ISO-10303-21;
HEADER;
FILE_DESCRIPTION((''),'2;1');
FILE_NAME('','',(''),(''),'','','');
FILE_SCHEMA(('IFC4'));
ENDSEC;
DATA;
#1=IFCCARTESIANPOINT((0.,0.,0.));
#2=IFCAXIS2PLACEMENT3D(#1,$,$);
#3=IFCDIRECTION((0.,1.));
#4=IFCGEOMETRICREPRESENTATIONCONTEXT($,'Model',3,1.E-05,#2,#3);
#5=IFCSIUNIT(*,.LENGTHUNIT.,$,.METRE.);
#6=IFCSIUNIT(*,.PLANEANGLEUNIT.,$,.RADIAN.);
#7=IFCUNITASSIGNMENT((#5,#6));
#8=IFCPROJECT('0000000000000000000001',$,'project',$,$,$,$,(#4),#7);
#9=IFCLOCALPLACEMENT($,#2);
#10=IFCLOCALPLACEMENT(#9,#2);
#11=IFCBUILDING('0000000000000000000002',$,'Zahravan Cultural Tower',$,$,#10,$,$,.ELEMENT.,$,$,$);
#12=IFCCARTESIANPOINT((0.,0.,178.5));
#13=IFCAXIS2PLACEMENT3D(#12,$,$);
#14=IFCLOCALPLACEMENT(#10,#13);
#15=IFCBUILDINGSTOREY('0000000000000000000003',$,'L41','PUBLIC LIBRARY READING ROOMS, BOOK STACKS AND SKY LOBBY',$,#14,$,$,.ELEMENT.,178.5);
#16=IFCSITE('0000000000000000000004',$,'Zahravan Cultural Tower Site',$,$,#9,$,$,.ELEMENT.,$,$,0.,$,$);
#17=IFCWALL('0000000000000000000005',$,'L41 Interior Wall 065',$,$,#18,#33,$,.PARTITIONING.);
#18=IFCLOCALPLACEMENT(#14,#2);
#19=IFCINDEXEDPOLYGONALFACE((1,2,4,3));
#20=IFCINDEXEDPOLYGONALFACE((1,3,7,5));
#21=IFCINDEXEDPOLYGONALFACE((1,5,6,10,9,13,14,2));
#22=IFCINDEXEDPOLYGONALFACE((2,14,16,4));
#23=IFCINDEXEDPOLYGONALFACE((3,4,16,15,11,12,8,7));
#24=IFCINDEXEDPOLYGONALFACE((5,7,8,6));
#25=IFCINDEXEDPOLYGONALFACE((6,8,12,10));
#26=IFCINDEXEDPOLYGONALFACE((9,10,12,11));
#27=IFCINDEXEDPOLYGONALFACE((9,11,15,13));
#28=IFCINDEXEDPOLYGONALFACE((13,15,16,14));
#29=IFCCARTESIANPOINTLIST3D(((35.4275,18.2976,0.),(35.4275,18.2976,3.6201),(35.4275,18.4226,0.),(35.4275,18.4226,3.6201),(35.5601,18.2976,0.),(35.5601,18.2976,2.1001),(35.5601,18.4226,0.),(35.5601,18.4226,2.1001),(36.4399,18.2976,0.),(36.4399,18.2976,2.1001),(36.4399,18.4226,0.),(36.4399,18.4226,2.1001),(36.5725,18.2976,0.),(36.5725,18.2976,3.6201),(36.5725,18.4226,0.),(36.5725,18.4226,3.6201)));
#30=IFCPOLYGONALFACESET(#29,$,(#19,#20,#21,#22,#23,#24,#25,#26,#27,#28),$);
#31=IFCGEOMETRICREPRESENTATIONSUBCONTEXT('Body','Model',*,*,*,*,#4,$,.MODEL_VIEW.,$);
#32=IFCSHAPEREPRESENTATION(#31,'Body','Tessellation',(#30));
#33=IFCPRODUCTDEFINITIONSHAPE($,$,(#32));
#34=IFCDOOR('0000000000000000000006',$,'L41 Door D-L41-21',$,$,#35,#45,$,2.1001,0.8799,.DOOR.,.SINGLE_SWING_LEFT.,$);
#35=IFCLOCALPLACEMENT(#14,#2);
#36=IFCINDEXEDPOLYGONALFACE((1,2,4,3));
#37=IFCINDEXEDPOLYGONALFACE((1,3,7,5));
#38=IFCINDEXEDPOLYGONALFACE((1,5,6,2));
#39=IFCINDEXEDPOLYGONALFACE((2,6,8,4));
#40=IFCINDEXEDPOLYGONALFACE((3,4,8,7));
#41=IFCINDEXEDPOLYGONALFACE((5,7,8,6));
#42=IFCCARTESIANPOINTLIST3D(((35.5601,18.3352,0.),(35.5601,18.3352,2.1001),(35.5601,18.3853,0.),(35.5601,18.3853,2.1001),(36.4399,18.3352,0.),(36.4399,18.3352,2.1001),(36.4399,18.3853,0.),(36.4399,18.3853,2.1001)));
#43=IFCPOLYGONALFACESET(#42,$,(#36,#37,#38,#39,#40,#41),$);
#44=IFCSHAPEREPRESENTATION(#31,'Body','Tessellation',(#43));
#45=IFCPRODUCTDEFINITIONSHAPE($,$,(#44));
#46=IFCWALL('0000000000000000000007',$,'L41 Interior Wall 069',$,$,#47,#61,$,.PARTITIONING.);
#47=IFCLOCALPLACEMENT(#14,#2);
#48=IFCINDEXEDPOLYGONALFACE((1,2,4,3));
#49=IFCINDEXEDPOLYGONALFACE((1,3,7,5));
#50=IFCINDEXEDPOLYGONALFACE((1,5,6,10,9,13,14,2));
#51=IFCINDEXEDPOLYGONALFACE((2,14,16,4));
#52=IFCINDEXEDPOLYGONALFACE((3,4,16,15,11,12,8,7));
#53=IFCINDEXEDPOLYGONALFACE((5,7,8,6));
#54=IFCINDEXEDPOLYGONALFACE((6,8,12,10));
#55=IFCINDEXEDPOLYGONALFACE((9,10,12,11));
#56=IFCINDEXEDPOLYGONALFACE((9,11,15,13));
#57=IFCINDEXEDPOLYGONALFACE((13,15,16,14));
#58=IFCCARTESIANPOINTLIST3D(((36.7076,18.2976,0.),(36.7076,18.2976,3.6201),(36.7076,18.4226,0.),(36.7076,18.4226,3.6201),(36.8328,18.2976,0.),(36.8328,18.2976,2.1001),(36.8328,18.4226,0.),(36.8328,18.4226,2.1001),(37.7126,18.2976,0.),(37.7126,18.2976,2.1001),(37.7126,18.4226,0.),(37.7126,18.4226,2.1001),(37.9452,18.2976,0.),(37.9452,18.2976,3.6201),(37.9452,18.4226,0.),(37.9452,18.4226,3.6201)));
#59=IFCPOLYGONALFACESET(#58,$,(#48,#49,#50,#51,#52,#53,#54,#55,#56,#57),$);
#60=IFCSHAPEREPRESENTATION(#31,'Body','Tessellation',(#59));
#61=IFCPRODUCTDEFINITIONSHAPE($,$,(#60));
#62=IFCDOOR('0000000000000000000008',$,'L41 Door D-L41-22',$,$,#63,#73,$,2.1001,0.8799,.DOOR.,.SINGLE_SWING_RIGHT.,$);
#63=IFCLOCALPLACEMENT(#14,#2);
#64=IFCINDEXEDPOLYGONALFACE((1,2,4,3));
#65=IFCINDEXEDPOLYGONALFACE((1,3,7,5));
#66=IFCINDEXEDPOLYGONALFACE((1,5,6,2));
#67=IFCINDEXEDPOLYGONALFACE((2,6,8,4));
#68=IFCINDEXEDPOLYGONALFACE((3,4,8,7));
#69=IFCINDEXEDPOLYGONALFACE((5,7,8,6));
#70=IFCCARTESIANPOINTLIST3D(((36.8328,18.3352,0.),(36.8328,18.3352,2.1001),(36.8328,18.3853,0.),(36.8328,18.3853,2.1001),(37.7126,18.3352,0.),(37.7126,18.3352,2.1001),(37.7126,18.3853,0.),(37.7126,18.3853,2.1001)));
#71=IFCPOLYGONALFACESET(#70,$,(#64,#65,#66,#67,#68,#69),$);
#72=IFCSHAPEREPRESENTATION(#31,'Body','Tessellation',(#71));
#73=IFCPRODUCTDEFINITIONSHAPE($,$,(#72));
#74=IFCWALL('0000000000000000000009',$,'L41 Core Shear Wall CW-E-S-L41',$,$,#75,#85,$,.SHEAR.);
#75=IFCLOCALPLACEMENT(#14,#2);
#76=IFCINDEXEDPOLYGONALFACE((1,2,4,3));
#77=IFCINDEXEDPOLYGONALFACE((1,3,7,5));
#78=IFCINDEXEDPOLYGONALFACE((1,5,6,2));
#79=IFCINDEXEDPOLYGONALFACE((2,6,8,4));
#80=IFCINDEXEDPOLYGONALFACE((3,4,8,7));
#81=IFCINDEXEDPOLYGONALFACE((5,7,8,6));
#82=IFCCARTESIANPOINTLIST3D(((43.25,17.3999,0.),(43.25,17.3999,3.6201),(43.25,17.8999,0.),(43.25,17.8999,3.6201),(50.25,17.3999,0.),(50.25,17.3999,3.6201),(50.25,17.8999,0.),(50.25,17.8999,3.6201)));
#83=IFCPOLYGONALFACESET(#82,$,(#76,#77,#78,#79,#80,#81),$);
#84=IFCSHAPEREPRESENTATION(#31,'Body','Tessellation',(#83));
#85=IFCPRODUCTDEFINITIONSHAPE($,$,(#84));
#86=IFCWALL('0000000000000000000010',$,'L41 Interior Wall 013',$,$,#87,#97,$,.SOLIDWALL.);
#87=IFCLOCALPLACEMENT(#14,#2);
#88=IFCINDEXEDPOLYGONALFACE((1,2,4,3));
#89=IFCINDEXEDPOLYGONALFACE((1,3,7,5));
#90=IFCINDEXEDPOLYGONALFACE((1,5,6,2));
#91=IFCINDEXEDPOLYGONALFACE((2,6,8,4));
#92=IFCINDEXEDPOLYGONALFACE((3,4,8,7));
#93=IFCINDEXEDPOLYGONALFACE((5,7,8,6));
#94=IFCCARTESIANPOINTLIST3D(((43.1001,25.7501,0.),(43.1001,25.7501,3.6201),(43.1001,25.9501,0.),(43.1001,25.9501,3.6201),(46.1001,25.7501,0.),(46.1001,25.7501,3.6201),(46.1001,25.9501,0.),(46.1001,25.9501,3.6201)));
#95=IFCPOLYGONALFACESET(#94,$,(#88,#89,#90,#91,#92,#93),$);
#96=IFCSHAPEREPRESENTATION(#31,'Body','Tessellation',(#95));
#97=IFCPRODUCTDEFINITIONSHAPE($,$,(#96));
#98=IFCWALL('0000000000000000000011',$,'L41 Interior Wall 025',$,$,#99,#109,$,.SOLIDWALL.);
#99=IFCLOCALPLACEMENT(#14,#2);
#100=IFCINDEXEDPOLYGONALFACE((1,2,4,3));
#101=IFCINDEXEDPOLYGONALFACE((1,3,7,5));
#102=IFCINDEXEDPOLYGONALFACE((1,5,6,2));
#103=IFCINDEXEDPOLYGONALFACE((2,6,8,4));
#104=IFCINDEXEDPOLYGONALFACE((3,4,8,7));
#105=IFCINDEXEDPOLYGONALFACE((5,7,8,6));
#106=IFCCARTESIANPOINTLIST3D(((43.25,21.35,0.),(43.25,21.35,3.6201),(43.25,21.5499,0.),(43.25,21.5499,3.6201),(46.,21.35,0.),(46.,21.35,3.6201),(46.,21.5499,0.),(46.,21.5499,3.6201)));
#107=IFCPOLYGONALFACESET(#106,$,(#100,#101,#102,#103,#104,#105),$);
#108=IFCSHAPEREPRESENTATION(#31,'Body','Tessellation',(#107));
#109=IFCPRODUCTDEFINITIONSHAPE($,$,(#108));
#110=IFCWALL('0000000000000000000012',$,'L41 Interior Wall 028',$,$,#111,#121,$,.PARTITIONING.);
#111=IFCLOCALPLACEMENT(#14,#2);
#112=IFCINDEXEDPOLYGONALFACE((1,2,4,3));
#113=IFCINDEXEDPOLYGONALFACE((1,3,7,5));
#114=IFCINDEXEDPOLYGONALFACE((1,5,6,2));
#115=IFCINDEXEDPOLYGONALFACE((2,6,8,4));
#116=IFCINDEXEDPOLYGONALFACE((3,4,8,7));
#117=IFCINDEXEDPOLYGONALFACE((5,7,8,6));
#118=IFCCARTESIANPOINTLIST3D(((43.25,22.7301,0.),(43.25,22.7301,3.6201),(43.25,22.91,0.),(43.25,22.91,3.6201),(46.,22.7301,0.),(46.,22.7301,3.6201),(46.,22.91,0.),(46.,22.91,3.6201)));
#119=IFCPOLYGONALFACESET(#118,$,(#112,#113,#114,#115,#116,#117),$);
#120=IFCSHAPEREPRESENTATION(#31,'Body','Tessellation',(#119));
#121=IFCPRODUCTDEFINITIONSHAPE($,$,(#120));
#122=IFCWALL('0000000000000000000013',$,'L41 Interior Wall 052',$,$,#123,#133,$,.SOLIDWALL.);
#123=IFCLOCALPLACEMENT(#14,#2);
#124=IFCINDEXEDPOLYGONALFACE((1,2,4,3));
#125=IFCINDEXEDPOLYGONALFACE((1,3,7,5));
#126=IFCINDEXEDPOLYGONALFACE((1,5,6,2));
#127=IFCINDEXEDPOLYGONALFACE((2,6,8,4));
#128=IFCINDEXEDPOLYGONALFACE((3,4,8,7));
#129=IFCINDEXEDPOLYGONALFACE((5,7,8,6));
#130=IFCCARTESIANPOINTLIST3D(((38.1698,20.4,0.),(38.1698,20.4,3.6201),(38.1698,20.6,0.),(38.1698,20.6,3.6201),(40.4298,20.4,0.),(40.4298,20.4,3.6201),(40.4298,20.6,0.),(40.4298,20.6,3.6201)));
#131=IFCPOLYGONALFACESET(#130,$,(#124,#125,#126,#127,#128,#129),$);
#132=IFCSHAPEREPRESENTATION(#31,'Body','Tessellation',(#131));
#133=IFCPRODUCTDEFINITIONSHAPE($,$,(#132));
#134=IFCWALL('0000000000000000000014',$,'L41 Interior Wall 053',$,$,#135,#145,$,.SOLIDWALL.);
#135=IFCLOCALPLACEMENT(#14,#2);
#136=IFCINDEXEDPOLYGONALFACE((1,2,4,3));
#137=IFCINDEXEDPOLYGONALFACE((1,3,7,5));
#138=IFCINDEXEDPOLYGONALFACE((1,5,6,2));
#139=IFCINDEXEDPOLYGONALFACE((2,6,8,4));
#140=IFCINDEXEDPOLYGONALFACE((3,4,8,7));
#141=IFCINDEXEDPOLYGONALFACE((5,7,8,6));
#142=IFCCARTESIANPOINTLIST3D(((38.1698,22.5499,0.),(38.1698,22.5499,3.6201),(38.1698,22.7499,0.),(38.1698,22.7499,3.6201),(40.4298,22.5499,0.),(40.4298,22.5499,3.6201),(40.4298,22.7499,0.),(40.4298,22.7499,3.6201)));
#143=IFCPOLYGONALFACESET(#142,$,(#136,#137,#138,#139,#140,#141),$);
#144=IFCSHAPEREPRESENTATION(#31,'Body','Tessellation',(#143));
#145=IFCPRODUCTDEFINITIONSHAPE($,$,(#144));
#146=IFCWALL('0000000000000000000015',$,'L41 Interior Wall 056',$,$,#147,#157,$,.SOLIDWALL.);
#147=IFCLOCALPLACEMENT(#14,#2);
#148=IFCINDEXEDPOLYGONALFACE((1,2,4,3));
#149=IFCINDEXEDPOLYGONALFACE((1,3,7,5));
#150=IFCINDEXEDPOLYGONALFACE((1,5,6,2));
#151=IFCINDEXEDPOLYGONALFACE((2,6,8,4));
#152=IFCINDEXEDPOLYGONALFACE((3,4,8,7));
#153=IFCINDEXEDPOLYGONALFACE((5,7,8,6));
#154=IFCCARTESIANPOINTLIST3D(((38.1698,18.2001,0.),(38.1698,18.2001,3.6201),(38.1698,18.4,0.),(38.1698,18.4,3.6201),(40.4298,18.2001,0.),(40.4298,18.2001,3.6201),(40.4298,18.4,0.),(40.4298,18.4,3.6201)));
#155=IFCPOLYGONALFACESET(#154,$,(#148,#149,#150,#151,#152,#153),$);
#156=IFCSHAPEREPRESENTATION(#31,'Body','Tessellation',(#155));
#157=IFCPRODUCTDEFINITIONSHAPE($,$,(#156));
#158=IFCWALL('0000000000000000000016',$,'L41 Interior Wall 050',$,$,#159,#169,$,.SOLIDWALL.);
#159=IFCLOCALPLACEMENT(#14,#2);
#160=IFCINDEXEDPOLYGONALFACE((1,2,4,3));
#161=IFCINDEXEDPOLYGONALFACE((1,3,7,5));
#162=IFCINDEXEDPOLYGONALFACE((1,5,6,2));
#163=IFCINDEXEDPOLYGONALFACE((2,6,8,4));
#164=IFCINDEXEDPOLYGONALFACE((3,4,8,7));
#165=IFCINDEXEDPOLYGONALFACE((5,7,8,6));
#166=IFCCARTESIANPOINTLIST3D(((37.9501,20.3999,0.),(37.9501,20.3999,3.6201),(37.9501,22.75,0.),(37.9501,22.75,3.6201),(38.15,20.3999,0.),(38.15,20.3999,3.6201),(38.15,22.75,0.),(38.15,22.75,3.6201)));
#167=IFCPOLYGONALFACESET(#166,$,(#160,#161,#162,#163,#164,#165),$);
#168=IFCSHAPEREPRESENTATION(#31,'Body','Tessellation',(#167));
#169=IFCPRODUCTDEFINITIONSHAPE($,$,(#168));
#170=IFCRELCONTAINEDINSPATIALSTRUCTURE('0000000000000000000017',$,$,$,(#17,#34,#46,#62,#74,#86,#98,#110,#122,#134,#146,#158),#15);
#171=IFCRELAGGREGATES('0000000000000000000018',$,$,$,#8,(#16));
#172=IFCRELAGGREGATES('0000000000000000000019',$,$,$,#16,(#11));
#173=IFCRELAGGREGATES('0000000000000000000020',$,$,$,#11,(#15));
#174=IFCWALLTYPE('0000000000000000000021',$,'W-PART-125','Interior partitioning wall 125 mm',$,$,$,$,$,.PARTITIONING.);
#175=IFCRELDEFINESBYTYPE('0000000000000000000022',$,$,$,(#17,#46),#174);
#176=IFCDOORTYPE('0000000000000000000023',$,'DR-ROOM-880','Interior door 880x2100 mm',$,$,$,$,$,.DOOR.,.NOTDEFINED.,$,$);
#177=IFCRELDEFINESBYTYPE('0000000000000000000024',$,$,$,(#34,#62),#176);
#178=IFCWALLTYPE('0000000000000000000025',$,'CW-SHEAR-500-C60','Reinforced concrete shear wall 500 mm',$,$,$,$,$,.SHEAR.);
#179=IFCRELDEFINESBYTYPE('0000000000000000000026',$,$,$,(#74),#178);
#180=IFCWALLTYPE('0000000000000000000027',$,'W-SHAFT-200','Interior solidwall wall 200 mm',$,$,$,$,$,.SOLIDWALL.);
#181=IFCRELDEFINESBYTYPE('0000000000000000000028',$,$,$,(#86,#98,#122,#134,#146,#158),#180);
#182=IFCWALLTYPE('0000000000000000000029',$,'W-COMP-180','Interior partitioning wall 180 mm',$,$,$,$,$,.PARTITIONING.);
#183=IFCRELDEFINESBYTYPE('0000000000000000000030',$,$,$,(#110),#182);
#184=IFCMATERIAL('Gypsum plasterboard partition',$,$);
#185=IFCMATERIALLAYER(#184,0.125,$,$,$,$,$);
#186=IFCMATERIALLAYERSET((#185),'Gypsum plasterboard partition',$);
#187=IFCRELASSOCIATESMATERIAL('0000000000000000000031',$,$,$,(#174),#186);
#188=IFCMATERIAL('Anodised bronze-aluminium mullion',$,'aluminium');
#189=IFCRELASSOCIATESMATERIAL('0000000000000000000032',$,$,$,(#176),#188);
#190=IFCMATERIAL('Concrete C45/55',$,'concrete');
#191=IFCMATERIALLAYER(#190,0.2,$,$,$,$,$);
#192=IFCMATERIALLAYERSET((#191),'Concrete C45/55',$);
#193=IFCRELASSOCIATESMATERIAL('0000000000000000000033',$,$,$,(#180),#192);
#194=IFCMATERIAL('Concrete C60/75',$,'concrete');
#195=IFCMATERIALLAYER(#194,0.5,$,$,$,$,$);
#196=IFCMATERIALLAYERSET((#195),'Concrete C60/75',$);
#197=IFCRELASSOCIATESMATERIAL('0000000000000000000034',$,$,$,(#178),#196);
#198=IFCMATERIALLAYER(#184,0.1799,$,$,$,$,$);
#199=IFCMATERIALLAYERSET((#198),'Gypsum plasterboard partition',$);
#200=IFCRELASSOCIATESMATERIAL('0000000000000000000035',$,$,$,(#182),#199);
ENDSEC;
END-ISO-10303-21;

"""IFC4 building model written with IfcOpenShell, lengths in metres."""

from ifc_helpers import new_model, si_unit, direction, frame, frame_2d, origin, place, context, subcontext, project, spatial, rectangle, extrude, source, transform, mapped, material, layer, layer_set, type_object, element, fill, save


model = new_model("IFC4")

# Units and contexts
model_context = context("Model", 3, precision=1e-05, world=origin(), true_north=direction((0.0, 1.0)))
body_context = subcontext(model_context, "Body", "Model", "MODEL_VIEW")
ifc_project = project(units=[si_unit("LENGTHUNIT", "METRE"), si_unit("PLANEANGLEUNIT", "RADIAN")], contexts=[model_context])

# Site, building, storey
site_placement = place(None, origin())
site = spatial("IfcSite", under=ifc_project, at=site_placement, Name="Zahravan Cultural Tower Site", CompositionType="ELEMENT", RefElevation=0.0)
building_placement = place(site_placement, origin())
building = spatial("IfcBuilding", under=site, at=building_placement, Name="Zahravan Cultural Tower", CompositionType="ELEMENT")
storey_placement = place(building_placement, frame((0.0, 0.0, 178.5)))
storey = spatial("IfcBuildingStorey", under=building, at=storey_placement, Name="L41", Description="PUBLIC LIBRARY READING ROOMS, BOOK STACKS AND SKY LOBBY", CompositionType="ELEMENT", Elevation=178.5)

# Walls, openings, doors
ifc_material_1 = material(Name="Gypsum plasterboard partition")
ifc_layer_1 = layer(ifc_material_1, 0.125)
ifc_layer_set_1 = layer_set([ifc_layer_1], Name="Gypsum plasterboard partition")
wall_type_1 = type_object("IfcWallType", Name="W-PART-125", Description="Interior partitioning wall 125 mm", PredefinedType="PARTITIONING", material=ifc_layer_set_1)
wall_1_placement = place(storey_placement, frame((36.5725, 18.3601, 0.0), z_axis=(0.0, 0.0, 1.0), x_axis=(-1.0, 0.0, 0.0)))
wall_1 = element("IfcWall", 1, at=wall_1_placement, inside=storey, type_object=wall_type_1, Name="L41 Interior Wall 065", PredefinedType="PARTITIONING", context=body_context, shape_type="SweptSolid", body=[
    extrude(rectangle(XDim=1.145, YDim=0.125, at=frame_2d((0.5725, 0.0))), origin(), (0.0, 0.0, 1.0), 3.6201),
])
opening_1_placement = place(wall_1_placement, frame((0.1326, 0.0, 0.0)))
opening_1 = element("IfcOpeningElement", 2, at=opening_1_placement, cuts=wall_1, PredefinedType="OPENING", context=body_context, shape_type="SweptSolid", body=[
    extrude(rectangle(XDim=0.8799, YDim=2.1001, at=frame_2d((0.4399, 1.05))), frame((0.0, 0.0725, 0.0), z_axis=(0.0, -1.0, 0.0), x_axis=(1.0, 0.0, 0.0)), (0.0, 0.0, 1.0), 0.145),
])
ifc_material_2 = material(Name="Anodised bronze-aluminium mullion", Category="aluminium")
door_type_1 = type_object("IfcDoorType", Name="DR-ROOM-880", Description="Interior door 880x2100 mm", OperationType="NOTDEFINED", PredefinedType="DOOR", material=ifc_material_2)
shared_shape_1 = source(origin(), body_context, "Body", "SweptSolid", [
    extrude(rectangle(XDim=0.8799, YDim=2.1001, at=frame_2d((0.4399, 1.05))), frame((0.0, 0.0249, 0.0), z_axis=(0.0, -1.0, 0.0), x_axis=(1.0, 0.0, 0.0)), (0.0, 0.0, 1.0), 0.05),
])
door_1_placement = place(opening_1_placement, origin())
door_1 = element("IfcDoor", 3, at=door_1_placement, inside=storey, type_object=door_type_1, Name="L41 Door D-L41-21", OperationType="SINGLE_SWING_LEFT", OverallHeight=2.1001, OverallWidth=0.8799, PredefinedType="DOOR", context=body_context, shape_type="MappedRepresentation", body=[
    mapped(shared_shape_1, transform((0.0, 0.0, 0.0), x_axis=(1.0, 0.0, 0.0), y_axis=(0.0, 1.0, 0.0), z_axis=(0.0, 0.0, 1.0), scale=1.0)),
])
fill(opening_1, door_1)
wall_2_placement = place(storey_placement, frame((37.9451, 18.3601, 0.0), z_axis=(0.0, 0.0, 1.0), x_axis=(-1.0, 0.0, 0.0)))
wall_2 = element("IfcWall", 4, at=wall_2_placement, inside=storey, type_object=wall_type_1, Name="L41 Interior Wall 069", PredefinedType="PARTITIONING", context=body_context, shape_type="SweptSolid", body=[
    extrude(rectangle(XDim=1.2375, YDim=0.125, at=frame_2d((0.6187, 0.0))), origin(), (0.0, 0.0, 1.0), 3.6201),
])
opening_2_placement = place(wall_2_placement, frame((0.2324, 0.0, 0.0)))
opening_2 = element("IfcOpeningElement", 5, at=opening_2_placement, cuts=wall_2, PredefinedType="OPENING", context=body_context, shape_type="SweptSolid", body=[
    extrude(rectangle(XDim=0.8799, YDim=2.1001, at=frame_2d((0.4399, 1.05))), frame((0.0, 0.0725, 0.0), z_axis=(0.0, -1.0, 0.0), x_axis=(1.0, 0.0, 0.0)), (0.0, 0.0, 1.0), 0.145),
])
door_2_placement = place(opening_2_placement, origin())
door_2 = element("IfcDoor", 6, at=door_2_placement, inside=storey, type_object=door_type_1, Name="L41 Door D-L41-22", OperationType="SINGLE_SWING_RIGHT", OverallHeight=2.1001, OverallWidth=0.8799, PredefinedType="DOOR", context=body_context, shape_type="MappedRepresentation", body=[
    mapped(shared_shape_1, transform((0.0, 0.0, 0.0), x_axis=(1.0, 0.0, 0.0), y_axis=(0.0, 1.0, 0.0), z_axis=(0.0, 0.0, 1.0), scale=1.0)),
])
fill(opening_2, door_2)
ifc_material_3 = material(Name="Concrete C45/55", Category="concrete")
ifc_layer_2 = layer(ifc_material_3, 0.2)
ifc_layer_set_2 = layer_set([ifc_layer_2], Name="Concrete C45/55")
wall_type_2 = type_object("IfcWallType", Name="W-SHAFT-200", Description="Interior solidwall wall 200 mm", PredefinedType="SOLIDWALL", material=ifc_layer_set_2)

# Walls
ifc_material_4 = material(Name="Concrete C60/75", Category="concrete")
ifc_layer_3 = layer(ifc_material_4, 0.5)
ifc_layer_set_3 = layer_set([ifc_layer_3], Name="Concrete C60/75")
wall_type_3 = type_object("IfcWallType", Name="CW-SHEAR-500-C60", Description="Reinforced concrete shear wall 500 mm", PredefinedType="SHEAR", material=ifc_layer_set_3)
shared_shape_2 = source(origin(), body_context, "Body", "SweptSolid", [
    extrude(rectangle(XDim=7.0, YDim=0.5, at=frame_2d((3.5, 0.0))), origin(), (0.0, 0.0, 1.0), 3.6201),
])
wall_3_placement = place(storey_placement, frame((43.25, 17.6499, 0.0), z_axis=(0.0, 0.0, 1.0), x_axis=(1.0, 0.0, 0.0)))
element("IfcWall", 7, at=wall_3_placement, inside=storey, type_object=wall_type_3, Name="L41 Core Shear Wall CW-E-S-L41", PredefinedType="SHEAR", context=body_context, shape_type="MappedRepresentation", body=[
    mapped(shared_shape_2, transform((0.0, 0.0, 0.0), x_axis=(1.0, 0.0, 0.0), y_axis=(0.0, 1.0, 0.0), z_axis=(0.0, 0.0, 1.0), scale=1.0)),
])
shared_shape_3 = source(origin(), body_context, "Body", "SweptSolid", [
    extrude(rectangle(XDim=3.0, YDim=0.2, at=frame_2d((1.5, 0.0))), origin(), (0.0, 0.0, 1.0), 3.6201),
])
wall_4_placement = place(storey_placement, frame((43.1001, 25.8501, 0.0), z_axis=(0.0, 0.0, 1.0), x_axis=(1.0, 0.0, 0.0)))
element("IfcWall", 8, at=wall_4_placement, inside=storey, type_object=wall_type_2, Name="L41 Interior Wall 013", PredefinedType="SOLIDWALL", context=body_context, shape_type="MappedRepresentation", body=[
    mapped(shared_shape_3, transform((0.0, 0.0, 0.0), x_axis=(1.0, 0.0, 0.0), y_axis=(0.0, 1.0, 0.0), z_axis=(0.0, 0.0, 1.0), scale=1.0)),
])
shared_shape_4 = source(origin(), body_context, "Body", "SweptSolid", [
    extrude(rectangle(XDim=2.75, YDim=0.2, at=frame_2d((1.375, 0.0))), origin(), (0.0, 0.0, 1.0), 3.6201),
])
wall_5_placement = place(storey_placement, frame((43.25, 21.45, 0.0), z_axis=(0.0, 0.0, 1.0), x_axis=(1.0, 0.0, 0.0)))
element("IfcWall", 9, at=wall_5_placement, inside=storey, type_object=wall_type_2, Name="L41 Interior Wall 025", PredefinedType="SOLIDWALL", context=body_context, shape_type="MappedRepresentation", body=[
    mapped(shared_shape_4, transform((0.0, 0.0, 0.0), x_axis=(1.0, 0.0, 0.0), y_axis=(0.0, 1.0, 0.0), z_axis=(0.0, 0.0, 1.0), scale=1.0)),
])
ifc_layer_4 = layer(ifc_material_1, 0.1799)
ifc_layer_set_4 = layer_set([ifc_layer_4], Name="Gypsum plasterboard partition")
wall_type_4 = type_object("IfcWallType", Name="W-COMP-180", Description="Interior partitioning wall 180 mm", PredefinedType="PARTITIONING", material=ifc_layer_set_4)
shared_shape_5 = source(origin(), body_context, "Body", "SweptSolid", [
    extrude(rectangle(XDim=2.75, YDim=0.1799, at=frame_2d((1.375, 0.0))), origin(), (0.0, 0.0, 1.0), 3.6201),
])
wall_6_placement = place(storey_placement, frame((43.25, 22.8201, 0.0), z_axis=(0.0, 0.0, 1.0), x_axis=(1.0, 0.0, 0.0)))
element("IfcWall", 10, at=wall_6_placement, inside=storey, type_object=wall_type_4, Name="L41 Interior Wall 028", PredefinedType="PARTITIONING", context=body_context, shape_type="MappedRepresentation", body=[
    mapped(shared_shape_5, transform((0.0, 0.0, 0.0), x_axis=(1.0, 0.0, 0.0), y_axis=(0.0, 1.0, 0.0), z_axis=(0.0, 0.0, 1.0), scale=1.0)),
])
shared_shape_6 = source(origin(), body_context, "Body", "SweptSolid", [
    extrude(rectangle(XDim=2.26, YDim=0.2, at=frame_2d((1.1299, 0.0))), origin(), (0.0, 0.0, 1.0), 3.6201),
])
for number, where, z_axis, x_axis, name in (
    (11, (38.1699, 20.5, 0.0), (0.0, 0.0, 1.0), (1.0, 0.0, 0.0), "L41 Interior Wall 052"),
    (12, (38.1699, 22.6499, 0.0), (0.0, 0.0, 1.0), (1.0, 0.0, 0.0), "L41 Interior Wall 053"),
    (13, (38.1699, 18.3, 0.0), (0.0, 0.0, 1.0), (1.0, 0.0, 0.0), "L41 Interior Wall 056"),
):
    element("IfcWall", number, at=place(storey_placement, frame(where, z_axis=z_axis, x_axis=x_axis)), inside=storey, type_object=wall_type_2, Name=name, PredefinedType="SOLIDWALL", context=body_context, shape_type="MappedRepresentation", body=[
        mapped(shared_shape_6, transform((0.0, 0.0, 0.0), x_axis=(1.0, 0.0, 0.0), y_axis=(0.0, 1.0, 0.0), z_axis=(0.0, 0.0, 1.0), scale=1.0)),
    ])
shared_shape_7 = source(origin(), body_context, "Body", "SweptSolid", [
    extrude(rectangle(XDim=2.3501, YDim=0.2, at=frame_2d((1.175, 0.0))), origin(), (0.0, 0.0, 1.0), 3.6201),
])
for number, where, z_axis, x_axis, name in (
    (14, (38.05, 20.3999, 0.0), (0.0, 0.0, 1.0), (0.0, 1.0, 0.0), "L41 Interior Wall 050"),
):
    element("IfcWall", number, at=place(storey_placement, frame(where, z_axis=z_axis, x_axis=x_axis)), inside=storey, type_object=wall_type_2, Name=name, PredefinedType="SOLIDWALL", context=body_context, shape_type="MappedRepresentation", body=[
        mapped(shared_shape_7, transform((0.0, 0.0, 0.0), x_axis=(1.0, 0.0, 0.0), y_axis=(0.0, 1.0, 0.0), z_axis=(0.0, 0.0, 1.0), scale=1.0)),
    ])

save(model, "model.ifc")
